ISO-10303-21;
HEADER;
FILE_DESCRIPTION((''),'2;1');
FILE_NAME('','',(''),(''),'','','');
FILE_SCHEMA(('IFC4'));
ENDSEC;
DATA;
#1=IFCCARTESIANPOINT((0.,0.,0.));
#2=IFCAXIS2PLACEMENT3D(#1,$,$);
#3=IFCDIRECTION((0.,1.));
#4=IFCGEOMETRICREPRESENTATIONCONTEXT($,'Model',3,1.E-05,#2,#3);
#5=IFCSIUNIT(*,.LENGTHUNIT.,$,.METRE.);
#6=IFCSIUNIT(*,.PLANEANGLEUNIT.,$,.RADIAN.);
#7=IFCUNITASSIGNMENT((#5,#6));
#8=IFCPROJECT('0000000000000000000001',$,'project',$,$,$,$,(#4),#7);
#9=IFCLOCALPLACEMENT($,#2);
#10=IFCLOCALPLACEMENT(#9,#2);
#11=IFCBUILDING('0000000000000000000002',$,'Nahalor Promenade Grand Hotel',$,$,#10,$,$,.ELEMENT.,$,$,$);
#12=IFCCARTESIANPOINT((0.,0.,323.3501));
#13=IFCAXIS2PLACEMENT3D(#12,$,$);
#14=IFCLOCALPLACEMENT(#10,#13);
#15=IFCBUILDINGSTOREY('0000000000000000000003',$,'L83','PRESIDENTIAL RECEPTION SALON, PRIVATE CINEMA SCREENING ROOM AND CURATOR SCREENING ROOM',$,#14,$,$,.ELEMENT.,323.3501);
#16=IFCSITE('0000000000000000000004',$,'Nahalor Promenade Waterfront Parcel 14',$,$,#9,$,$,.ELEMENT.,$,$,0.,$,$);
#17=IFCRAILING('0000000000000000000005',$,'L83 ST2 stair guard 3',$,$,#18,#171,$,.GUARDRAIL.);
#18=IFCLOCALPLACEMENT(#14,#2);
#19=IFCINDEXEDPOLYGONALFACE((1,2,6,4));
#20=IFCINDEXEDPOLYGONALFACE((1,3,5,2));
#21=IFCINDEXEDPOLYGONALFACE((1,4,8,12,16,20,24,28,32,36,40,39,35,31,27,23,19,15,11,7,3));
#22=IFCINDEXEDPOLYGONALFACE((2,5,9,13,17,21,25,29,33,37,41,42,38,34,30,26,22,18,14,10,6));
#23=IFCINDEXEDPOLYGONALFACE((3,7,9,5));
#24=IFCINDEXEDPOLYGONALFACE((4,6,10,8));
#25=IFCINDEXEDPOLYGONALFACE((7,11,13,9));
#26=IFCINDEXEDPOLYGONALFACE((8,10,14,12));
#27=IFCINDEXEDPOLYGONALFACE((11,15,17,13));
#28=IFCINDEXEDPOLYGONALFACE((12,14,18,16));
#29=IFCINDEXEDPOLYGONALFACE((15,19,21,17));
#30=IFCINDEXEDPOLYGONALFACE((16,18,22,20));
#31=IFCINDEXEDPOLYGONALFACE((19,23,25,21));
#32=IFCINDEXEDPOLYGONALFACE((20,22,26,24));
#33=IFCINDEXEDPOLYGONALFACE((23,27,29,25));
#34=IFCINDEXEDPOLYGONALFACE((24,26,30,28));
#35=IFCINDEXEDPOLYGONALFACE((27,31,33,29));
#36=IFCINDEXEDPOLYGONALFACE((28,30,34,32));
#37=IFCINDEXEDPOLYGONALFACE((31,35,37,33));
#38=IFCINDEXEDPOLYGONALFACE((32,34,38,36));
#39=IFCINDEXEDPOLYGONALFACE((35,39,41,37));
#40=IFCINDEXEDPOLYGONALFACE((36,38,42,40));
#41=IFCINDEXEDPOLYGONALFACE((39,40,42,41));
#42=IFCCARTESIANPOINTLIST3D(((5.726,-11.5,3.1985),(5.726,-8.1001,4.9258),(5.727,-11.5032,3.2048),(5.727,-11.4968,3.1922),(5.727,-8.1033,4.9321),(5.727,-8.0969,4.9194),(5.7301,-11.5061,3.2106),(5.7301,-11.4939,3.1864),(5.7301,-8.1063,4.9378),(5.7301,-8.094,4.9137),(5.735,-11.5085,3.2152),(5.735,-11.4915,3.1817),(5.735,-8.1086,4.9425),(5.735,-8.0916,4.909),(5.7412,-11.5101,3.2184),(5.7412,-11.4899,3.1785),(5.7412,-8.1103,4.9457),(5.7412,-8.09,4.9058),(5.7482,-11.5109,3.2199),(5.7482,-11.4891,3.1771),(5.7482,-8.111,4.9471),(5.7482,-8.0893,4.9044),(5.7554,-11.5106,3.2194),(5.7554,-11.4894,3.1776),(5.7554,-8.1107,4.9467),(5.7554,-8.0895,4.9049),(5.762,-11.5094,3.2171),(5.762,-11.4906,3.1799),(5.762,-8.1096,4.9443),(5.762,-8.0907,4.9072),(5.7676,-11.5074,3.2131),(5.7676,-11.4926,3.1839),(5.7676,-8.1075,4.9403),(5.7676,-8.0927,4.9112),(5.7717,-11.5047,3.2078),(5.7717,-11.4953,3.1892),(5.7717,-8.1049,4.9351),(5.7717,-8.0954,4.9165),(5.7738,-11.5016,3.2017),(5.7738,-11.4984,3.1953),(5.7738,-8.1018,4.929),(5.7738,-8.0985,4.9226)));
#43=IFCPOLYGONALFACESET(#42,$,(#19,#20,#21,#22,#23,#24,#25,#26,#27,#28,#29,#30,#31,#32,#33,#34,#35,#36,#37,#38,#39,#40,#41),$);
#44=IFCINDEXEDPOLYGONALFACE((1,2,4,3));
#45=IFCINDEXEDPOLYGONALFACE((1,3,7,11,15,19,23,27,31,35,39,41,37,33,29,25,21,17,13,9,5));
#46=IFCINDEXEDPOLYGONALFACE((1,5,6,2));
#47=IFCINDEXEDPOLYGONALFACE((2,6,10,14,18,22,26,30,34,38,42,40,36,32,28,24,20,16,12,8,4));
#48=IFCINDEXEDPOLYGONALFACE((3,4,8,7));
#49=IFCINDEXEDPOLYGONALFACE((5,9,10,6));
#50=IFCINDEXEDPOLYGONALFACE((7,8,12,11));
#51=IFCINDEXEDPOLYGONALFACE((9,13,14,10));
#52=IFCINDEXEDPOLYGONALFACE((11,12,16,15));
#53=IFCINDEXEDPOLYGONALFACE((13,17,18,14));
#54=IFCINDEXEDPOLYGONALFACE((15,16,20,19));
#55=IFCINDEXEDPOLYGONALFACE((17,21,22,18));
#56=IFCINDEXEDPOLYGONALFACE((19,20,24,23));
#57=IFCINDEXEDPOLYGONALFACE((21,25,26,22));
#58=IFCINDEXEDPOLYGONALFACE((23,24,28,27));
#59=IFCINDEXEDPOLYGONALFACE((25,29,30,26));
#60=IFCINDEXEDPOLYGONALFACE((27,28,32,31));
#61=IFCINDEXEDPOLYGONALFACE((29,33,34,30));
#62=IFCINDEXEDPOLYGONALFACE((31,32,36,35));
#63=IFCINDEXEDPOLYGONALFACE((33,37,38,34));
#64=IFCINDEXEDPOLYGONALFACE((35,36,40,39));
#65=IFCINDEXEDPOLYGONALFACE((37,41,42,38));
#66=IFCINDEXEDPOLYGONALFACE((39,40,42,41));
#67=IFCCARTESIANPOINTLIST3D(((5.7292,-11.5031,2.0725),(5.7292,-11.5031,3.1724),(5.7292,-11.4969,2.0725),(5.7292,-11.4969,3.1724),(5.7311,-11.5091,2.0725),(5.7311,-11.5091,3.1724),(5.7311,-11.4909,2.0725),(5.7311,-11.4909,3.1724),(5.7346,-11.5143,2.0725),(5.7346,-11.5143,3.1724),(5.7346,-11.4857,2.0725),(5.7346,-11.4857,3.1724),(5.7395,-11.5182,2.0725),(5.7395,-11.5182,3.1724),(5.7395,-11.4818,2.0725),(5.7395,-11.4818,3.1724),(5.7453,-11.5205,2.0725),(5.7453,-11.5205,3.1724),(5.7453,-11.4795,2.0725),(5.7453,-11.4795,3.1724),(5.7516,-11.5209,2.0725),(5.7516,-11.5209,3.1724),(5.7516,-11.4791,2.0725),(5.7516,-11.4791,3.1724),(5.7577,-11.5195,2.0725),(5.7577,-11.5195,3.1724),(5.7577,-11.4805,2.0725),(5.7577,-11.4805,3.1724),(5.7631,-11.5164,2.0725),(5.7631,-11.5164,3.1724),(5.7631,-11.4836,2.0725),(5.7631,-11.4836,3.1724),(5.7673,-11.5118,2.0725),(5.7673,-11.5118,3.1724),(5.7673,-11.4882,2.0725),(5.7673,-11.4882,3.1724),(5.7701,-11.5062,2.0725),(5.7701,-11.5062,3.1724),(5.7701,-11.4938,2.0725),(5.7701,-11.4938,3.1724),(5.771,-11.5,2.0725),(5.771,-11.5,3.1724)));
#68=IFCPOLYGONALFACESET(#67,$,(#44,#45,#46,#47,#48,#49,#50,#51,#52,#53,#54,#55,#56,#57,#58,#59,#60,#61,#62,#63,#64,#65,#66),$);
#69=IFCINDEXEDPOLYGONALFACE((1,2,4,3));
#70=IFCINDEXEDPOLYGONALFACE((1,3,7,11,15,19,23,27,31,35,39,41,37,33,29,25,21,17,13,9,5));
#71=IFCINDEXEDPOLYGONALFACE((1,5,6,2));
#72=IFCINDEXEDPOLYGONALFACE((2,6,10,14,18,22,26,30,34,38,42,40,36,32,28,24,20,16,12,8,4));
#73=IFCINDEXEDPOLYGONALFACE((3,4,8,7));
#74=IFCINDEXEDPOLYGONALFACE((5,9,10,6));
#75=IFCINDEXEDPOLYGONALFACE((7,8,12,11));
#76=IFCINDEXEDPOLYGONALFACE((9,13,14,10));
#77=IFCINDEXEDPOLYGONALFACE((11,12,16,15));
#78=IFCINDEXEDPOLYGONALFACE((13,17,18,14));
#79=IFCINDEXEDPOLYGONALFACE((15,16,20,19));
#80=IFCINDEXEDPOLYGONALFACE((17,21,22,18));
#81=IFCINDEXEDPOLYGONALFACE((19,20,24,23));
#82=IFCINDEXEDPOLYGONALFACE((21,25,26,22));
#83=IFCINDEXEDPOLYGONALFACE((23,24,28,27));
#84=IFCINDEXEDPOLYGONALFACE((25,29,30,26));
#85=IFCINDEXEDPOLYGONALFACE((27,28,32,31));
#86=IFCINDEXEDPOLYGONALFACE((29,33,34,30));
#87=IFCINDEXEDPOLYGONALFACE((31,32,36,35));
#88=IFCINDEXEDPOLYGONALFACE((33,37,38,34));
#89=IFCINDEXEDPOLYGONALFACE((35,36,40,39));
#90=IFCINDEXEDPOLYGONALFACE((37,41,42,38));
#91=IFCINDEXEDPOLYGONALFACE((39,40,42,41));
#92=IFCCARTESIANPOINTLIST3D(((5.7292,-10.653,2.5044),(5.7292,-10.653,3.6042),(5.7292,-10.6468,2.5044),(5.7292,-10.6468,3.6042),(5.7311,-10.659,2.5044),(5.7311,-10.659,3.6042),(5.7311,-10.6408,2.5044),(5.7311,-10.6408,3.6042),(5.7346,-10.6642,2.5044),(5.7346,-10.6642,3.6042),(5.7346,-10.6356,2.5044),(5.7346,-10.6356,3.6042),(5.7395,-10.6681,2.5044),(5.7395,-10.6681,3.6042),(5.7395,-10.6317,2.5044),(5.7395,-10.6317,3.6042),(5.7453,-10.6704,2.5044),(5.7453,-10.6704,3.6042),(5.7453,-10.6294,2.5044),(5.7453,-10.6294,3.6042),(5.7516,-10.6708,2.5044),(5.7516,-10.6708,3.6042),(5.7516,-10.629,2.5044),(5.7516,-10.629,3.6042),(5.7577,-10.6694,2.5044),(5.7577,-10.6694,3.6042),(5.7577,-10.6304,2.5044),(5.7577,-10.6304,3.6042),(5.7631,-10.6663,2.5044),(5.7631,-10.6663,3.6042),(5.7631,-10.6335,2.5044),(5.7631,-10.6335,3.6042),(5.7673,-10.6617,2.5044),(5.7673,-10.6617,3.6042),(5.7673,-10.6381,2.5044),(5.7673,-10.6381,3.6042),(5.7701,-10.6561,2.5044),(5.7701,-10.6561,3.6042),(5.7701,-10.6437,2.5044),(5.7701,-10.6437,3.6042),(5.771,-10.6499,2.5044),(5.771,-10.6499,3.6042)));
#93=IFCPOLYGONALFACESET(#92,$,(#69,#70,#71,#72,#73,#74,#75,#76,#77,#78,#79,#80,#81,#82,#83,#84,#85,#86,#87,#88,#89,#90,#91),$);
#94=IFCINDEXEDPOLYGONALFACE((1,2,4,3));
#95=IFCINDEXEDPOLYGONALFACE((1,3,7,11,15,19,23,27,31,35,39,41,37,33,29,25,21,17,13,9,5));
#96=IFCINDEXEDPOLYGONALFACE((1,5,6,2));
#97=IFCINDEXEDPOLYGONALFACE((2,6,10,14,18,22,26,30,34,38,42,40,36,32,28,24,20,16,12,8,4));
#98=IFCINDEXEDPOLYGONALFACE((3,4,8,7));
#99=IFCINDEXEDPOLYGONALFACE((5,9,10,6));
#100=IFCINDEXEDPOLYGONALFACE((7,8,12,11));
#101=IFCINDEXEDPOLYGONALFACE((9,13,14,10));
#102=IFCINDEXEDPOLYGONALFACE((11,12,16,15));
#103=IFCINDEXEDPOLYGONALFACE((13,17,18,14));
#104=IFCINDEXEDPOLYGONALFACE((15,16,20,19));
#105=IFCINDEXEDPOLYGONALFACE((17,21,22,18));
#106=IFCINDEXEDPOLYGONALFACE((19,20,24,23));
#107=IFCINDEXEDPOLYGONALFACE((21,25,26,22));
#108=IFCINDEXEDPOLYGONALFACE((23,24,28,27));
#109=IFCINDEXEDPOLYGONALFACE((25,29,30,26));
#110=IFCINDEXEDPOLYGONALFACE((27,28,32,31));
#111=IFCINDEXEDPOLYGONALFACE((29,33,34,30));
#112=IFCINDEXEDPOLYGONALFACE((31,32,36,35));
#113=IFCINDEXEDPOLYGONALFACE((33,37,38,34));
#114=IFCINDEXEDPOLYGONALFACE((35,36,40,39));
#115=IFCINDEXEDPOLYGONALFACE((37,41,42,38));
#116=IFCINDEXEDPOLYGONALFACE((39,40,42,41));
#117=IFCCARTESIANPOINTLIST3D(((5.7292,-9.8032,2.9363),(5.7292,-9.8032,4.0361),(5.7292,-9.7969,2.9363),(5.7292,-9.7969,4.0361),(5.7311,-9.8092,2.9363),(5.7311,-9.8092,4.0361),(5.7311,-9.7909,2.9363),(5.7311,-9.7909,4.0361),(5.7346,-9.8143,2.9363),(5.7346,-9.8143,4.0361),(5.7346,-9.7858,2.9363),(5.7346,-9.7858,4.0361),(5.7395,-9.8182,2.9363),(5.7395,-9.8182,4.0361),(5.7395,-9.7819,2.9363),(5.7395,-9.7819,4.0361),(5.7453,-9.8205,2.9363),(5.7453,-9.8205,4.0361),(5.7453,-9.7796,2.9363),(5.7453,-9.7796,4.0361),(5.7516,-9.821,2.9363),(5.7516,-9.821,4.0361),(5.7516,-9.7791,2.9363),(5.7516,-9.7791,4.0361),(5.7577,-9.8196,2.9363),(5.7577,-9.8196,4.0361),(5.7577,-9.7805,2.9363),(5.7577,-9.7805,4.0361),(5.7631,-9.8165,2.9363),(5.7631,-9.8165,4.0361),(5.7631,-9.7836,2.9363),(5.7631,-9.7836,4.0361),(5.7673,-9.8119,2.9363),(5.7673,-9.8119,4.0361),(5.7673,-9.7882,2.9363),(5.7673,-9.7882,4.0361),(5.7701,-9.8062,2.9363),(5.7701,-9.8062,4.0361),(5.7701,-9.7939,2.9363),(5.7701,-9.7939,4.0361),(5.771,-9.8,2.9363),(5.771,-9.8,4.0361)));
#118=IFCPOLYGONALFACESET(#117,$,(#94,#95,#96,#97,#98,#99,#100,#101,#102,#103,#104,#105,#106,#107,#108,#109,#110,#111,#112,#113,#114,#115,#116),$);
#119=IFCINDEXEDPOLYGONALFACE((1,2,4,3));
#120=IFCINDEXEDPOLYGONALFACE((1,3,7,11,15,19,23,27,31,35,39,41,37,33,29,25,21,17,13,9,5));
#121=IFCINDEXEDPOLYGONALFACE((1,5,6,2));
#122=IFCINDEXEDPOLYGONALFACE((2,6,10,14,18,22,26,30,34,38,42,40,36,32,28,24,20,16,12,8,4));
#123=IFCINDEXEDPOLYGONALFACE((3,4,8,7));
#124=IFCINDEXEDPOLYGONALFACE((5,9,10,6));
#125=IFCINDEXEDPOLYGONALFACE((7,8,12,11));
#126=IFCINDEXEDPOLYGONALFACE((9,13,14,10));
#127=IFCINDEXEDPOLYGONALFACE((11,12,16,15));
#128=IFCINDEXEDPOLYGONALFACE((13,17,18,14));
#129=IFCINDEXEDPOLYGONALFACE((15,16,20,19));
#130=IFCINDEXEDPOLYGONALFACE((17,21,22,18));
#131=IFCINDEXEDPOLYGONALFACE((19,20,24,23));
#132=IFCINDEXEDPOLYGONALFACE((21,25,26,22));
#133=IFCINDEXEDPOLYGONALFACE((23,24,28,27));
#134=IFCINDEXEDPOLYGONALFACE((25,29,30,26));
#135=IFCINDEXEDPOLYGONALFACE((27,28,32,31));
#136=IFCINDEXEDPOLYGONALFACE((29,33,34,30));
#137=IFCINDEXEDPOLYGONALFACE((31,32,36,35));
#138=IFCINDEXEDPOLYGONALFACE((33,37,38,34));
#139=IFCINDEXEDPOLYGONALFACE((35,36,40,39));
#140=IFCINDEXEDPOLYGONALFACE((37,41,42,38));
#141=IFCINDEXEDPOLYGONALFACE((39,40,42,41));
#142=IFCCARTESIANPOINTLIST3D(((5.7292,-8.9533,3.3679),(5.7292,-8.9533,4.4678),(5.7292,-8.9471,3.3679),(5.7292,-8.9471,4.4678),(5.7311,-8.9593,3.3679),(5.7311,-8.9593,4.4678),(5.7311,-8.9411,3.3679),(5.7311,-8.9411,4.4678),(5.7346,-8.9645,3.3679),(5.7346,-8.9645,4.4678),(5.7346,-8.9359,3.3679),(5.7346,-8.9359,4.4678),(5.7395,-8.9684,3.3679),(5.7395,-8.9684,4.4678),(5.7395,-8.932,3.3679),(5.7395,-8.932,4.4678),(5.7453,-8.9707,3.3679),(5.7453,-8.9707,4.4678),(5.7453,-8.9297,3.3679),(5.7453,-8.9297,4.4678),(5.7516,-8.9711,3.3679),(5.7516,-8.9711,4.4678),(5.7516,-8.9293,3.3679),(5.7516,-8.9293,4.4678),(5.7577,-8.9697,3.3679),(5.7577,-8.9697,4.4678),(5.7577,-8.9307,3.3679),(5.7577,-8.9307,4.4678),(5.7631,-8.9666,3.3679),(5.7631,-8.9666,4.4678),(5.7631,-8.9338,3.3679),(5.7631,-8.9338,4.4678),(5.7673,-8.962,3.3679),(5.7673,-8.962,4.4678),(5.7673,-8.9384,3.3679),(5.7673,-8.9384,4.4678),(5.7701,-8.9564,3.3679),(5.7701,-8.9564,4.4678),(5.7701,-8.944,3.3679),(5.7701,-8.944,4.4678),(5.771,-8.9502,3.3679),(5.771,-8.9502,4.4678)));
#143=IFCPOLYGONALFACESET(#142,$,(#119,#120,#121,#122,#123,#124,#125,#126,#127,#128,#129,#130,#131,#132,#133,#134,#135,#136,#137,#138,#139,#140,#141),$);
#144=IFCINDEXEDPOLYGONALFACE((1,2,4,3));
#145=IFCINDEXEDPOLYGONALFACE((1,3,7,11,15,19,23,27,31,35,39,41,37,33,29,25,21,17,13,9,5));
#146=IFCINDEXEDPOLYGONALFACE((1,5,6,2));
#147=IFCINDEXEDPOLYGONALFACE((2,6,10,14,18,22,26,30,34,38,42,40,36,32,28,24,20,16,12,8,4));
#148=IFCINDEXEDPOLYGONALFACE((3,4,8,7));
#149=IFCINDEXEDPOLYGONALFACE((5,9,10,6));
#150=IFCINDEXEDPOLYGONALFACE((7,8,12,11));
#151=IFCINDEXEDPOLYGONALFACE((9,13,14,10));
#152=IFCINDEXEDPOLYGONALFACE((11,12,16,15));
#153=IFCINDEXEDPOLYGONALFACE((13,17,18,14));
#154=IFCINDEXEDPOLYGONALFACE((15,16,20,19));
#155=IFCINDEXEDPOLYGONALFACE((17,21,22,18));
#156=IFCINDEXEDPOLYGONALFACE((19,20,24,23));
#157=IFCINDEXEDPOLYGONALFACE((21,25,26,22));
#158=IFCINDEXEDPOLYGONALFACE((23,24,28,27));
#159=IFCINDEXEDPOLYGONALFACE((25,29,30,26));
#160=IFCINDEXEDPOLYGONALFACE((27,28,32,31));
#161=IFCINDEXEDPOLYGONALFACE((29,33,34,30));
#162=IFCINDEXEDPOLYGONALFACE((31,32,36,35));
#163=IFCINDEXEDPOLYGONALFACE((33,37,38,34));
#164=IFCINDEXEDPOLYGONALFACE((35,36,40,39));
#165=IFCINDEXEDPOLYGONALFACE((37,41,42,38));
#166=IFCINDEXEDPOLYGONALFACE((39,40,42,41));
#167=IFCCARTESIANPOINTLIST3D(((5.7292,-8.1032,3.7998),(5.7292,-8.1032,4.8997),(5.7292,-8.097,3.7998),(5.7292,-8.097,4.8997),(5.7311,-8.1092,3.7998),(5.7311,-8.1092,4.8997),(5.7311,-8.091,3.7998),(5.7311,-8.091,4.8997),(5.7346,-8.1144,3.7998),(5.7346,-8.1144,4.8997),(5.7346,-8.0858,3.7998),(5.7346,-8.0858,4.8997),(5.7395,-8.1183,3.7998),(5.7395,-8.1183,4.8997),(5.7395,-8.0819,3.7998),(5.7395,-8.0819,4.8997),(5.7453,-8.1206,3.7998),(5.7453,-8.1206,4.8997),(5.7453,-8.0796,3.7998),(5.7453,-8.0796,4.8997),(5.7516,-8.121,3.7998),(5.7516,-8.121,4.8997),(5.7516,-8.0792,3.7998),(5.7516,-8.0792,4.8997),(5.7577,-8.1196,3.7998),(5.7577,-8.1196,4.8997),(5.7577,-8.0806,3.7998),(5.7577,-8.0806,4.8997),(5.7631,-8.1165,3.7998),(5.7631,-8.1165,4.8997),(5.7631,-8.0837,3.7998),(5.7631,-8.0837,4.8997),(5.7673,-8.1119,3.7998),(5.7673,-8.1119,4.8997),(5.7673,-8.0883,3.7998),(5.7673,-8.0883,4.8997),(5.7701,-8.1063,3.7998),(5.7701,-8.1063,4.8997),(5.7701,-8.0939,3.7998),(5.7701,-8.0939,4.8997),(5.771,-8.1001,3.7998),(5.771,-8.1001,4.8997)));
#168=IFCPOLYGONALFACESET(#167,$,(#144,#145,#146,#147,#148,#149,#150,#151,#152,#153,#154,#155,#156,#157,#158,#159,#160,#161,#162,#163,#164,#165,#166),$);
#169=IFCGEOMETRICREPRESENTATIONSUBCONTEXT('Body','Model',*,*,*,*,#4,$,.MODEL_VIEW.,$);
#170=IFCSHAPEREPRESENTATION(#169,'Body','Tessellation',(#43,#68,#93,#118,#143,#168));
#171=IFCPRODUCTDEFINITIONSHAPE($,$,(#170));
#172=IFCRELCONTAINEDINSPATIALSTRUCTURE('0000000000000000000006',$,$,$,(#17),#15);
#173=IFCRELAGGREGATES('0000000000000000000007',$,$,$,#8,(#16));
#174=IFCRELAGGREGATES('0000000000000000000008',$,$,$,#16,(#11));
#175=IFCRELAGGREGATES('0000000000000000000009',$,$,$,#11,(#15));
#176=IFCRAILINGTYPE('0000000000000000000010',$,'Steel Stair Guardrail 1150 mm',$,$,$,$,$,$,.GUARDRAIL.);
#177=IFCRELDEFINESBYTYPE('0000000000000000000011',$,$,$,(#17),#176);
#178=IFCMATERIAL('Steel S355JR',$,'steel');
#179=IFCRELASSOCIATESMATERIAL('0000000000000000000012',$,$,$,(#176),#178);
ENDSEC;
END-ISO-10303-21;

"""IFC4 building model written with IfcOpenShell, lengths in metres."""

from ifc_helpers import new_model, si_unit, direction, frame, origin, origin_2d, place, context, subcontext, project, spatial, circle, extrude, material, type_object, element, save


model = new_model("IFC4")

# Units and contexts
model_context = context("Model", 3, precision=1e-05, world=origin(), true_north=direction((0.0, 1.0)))
body_context = subcontext(model_context, "Body", "Model", "MODEL_VIEW")
ifc_project = project(units=[si_unit("LENGTHUNIT", "METRE"), si_unit("PLANEANGLEUNIT", "RADIAN")], contexts=[model_context])

# Site, building, storey
site_placement = place(None, origin())
site = spatial("IfcSite", under=ifc_project, at=site_placement, Name="Nahalor Promenade Waterfront Parcel 14", CompositionType="ELEMENT", RefElevation=0.0)
building_placement = place(site_placement, origin())
building = spatial("IfcBuilding", under=site, at=building_placement, Name="Nahalor Promenade Grand Hotel", CompositionType="ELEMENT")
storey_placement = place(building_placement, frame((0.0, 0.0, 323.3501)))
storey = spatial("IfcBuildingStorey", under=building, at=storey_placement, Name="L83", Description="PRESIDENTIAL RECEPTION SALON, PRIVATE CINEMA SCREENING ROOM AND CURATOR SCREENING ROOM", CompositionType="ELEMENT", Elevation=323.3501)

# Shared definitions
ifc_material_1 = material(Name="Steel S355JR", Category="steel")

# Railing
railing_type_1 = type_object("IfcRailingType", Name="Steel Stair Guardrail 1150 mm", PredefinedType="GUARDRAIL", material=ifc_material_1)
railing_1_placement = place(storey_placement, frame((5.75, -11.5, 2.0725)))
element("IfcRailing", 1, at=railing_1_placement, inside=storey, type_object=railing_type_1, Name="L83 ST2 stair guard 3", PredefinedType="GUARDRAIL", context=body_context, shape_type="SweptSolid", body=[
    extrude(circle(Radius=0.024, at=origin_2d()), frame((0.0, 0.0, 1.126), z_axis=(0.0, 0.891541, 0.452941), x_axis=(-1.0, 0.0, 0.0)), (0.0, 0.0, 1.0), 3.8135),
    extrude(circle(Radius=0.021, at=origin_2d()), origin(), (0.0, 0.0, 1.0), 1.0999),
    extrude(circle(Radius=0.021, at=origin_2d()), frame((0.0, 0.8501, 0.4319)), (0.0, 0.0, 1.0), 1.0999),
    extrude(circle(Radius=0.021, at=origin_2d()), frame((0.0, 1.7, 0.8638)), (0.0, 0.0, 1.0), 1.0999),
    extrude(circle(Radius=0.021, at=origin_2d()), frame((0.0, 2.5498, 1.2954)), (0.0, 0.0, 1.0), 1.0999),
    extrude(circle(Radius=0.021, at=origin_2d()), frame((0.0, 3.3999, 1.7273)), (0.0, 0.0, 1.0), 1.0999),
])

save(model, "model.ifc")
